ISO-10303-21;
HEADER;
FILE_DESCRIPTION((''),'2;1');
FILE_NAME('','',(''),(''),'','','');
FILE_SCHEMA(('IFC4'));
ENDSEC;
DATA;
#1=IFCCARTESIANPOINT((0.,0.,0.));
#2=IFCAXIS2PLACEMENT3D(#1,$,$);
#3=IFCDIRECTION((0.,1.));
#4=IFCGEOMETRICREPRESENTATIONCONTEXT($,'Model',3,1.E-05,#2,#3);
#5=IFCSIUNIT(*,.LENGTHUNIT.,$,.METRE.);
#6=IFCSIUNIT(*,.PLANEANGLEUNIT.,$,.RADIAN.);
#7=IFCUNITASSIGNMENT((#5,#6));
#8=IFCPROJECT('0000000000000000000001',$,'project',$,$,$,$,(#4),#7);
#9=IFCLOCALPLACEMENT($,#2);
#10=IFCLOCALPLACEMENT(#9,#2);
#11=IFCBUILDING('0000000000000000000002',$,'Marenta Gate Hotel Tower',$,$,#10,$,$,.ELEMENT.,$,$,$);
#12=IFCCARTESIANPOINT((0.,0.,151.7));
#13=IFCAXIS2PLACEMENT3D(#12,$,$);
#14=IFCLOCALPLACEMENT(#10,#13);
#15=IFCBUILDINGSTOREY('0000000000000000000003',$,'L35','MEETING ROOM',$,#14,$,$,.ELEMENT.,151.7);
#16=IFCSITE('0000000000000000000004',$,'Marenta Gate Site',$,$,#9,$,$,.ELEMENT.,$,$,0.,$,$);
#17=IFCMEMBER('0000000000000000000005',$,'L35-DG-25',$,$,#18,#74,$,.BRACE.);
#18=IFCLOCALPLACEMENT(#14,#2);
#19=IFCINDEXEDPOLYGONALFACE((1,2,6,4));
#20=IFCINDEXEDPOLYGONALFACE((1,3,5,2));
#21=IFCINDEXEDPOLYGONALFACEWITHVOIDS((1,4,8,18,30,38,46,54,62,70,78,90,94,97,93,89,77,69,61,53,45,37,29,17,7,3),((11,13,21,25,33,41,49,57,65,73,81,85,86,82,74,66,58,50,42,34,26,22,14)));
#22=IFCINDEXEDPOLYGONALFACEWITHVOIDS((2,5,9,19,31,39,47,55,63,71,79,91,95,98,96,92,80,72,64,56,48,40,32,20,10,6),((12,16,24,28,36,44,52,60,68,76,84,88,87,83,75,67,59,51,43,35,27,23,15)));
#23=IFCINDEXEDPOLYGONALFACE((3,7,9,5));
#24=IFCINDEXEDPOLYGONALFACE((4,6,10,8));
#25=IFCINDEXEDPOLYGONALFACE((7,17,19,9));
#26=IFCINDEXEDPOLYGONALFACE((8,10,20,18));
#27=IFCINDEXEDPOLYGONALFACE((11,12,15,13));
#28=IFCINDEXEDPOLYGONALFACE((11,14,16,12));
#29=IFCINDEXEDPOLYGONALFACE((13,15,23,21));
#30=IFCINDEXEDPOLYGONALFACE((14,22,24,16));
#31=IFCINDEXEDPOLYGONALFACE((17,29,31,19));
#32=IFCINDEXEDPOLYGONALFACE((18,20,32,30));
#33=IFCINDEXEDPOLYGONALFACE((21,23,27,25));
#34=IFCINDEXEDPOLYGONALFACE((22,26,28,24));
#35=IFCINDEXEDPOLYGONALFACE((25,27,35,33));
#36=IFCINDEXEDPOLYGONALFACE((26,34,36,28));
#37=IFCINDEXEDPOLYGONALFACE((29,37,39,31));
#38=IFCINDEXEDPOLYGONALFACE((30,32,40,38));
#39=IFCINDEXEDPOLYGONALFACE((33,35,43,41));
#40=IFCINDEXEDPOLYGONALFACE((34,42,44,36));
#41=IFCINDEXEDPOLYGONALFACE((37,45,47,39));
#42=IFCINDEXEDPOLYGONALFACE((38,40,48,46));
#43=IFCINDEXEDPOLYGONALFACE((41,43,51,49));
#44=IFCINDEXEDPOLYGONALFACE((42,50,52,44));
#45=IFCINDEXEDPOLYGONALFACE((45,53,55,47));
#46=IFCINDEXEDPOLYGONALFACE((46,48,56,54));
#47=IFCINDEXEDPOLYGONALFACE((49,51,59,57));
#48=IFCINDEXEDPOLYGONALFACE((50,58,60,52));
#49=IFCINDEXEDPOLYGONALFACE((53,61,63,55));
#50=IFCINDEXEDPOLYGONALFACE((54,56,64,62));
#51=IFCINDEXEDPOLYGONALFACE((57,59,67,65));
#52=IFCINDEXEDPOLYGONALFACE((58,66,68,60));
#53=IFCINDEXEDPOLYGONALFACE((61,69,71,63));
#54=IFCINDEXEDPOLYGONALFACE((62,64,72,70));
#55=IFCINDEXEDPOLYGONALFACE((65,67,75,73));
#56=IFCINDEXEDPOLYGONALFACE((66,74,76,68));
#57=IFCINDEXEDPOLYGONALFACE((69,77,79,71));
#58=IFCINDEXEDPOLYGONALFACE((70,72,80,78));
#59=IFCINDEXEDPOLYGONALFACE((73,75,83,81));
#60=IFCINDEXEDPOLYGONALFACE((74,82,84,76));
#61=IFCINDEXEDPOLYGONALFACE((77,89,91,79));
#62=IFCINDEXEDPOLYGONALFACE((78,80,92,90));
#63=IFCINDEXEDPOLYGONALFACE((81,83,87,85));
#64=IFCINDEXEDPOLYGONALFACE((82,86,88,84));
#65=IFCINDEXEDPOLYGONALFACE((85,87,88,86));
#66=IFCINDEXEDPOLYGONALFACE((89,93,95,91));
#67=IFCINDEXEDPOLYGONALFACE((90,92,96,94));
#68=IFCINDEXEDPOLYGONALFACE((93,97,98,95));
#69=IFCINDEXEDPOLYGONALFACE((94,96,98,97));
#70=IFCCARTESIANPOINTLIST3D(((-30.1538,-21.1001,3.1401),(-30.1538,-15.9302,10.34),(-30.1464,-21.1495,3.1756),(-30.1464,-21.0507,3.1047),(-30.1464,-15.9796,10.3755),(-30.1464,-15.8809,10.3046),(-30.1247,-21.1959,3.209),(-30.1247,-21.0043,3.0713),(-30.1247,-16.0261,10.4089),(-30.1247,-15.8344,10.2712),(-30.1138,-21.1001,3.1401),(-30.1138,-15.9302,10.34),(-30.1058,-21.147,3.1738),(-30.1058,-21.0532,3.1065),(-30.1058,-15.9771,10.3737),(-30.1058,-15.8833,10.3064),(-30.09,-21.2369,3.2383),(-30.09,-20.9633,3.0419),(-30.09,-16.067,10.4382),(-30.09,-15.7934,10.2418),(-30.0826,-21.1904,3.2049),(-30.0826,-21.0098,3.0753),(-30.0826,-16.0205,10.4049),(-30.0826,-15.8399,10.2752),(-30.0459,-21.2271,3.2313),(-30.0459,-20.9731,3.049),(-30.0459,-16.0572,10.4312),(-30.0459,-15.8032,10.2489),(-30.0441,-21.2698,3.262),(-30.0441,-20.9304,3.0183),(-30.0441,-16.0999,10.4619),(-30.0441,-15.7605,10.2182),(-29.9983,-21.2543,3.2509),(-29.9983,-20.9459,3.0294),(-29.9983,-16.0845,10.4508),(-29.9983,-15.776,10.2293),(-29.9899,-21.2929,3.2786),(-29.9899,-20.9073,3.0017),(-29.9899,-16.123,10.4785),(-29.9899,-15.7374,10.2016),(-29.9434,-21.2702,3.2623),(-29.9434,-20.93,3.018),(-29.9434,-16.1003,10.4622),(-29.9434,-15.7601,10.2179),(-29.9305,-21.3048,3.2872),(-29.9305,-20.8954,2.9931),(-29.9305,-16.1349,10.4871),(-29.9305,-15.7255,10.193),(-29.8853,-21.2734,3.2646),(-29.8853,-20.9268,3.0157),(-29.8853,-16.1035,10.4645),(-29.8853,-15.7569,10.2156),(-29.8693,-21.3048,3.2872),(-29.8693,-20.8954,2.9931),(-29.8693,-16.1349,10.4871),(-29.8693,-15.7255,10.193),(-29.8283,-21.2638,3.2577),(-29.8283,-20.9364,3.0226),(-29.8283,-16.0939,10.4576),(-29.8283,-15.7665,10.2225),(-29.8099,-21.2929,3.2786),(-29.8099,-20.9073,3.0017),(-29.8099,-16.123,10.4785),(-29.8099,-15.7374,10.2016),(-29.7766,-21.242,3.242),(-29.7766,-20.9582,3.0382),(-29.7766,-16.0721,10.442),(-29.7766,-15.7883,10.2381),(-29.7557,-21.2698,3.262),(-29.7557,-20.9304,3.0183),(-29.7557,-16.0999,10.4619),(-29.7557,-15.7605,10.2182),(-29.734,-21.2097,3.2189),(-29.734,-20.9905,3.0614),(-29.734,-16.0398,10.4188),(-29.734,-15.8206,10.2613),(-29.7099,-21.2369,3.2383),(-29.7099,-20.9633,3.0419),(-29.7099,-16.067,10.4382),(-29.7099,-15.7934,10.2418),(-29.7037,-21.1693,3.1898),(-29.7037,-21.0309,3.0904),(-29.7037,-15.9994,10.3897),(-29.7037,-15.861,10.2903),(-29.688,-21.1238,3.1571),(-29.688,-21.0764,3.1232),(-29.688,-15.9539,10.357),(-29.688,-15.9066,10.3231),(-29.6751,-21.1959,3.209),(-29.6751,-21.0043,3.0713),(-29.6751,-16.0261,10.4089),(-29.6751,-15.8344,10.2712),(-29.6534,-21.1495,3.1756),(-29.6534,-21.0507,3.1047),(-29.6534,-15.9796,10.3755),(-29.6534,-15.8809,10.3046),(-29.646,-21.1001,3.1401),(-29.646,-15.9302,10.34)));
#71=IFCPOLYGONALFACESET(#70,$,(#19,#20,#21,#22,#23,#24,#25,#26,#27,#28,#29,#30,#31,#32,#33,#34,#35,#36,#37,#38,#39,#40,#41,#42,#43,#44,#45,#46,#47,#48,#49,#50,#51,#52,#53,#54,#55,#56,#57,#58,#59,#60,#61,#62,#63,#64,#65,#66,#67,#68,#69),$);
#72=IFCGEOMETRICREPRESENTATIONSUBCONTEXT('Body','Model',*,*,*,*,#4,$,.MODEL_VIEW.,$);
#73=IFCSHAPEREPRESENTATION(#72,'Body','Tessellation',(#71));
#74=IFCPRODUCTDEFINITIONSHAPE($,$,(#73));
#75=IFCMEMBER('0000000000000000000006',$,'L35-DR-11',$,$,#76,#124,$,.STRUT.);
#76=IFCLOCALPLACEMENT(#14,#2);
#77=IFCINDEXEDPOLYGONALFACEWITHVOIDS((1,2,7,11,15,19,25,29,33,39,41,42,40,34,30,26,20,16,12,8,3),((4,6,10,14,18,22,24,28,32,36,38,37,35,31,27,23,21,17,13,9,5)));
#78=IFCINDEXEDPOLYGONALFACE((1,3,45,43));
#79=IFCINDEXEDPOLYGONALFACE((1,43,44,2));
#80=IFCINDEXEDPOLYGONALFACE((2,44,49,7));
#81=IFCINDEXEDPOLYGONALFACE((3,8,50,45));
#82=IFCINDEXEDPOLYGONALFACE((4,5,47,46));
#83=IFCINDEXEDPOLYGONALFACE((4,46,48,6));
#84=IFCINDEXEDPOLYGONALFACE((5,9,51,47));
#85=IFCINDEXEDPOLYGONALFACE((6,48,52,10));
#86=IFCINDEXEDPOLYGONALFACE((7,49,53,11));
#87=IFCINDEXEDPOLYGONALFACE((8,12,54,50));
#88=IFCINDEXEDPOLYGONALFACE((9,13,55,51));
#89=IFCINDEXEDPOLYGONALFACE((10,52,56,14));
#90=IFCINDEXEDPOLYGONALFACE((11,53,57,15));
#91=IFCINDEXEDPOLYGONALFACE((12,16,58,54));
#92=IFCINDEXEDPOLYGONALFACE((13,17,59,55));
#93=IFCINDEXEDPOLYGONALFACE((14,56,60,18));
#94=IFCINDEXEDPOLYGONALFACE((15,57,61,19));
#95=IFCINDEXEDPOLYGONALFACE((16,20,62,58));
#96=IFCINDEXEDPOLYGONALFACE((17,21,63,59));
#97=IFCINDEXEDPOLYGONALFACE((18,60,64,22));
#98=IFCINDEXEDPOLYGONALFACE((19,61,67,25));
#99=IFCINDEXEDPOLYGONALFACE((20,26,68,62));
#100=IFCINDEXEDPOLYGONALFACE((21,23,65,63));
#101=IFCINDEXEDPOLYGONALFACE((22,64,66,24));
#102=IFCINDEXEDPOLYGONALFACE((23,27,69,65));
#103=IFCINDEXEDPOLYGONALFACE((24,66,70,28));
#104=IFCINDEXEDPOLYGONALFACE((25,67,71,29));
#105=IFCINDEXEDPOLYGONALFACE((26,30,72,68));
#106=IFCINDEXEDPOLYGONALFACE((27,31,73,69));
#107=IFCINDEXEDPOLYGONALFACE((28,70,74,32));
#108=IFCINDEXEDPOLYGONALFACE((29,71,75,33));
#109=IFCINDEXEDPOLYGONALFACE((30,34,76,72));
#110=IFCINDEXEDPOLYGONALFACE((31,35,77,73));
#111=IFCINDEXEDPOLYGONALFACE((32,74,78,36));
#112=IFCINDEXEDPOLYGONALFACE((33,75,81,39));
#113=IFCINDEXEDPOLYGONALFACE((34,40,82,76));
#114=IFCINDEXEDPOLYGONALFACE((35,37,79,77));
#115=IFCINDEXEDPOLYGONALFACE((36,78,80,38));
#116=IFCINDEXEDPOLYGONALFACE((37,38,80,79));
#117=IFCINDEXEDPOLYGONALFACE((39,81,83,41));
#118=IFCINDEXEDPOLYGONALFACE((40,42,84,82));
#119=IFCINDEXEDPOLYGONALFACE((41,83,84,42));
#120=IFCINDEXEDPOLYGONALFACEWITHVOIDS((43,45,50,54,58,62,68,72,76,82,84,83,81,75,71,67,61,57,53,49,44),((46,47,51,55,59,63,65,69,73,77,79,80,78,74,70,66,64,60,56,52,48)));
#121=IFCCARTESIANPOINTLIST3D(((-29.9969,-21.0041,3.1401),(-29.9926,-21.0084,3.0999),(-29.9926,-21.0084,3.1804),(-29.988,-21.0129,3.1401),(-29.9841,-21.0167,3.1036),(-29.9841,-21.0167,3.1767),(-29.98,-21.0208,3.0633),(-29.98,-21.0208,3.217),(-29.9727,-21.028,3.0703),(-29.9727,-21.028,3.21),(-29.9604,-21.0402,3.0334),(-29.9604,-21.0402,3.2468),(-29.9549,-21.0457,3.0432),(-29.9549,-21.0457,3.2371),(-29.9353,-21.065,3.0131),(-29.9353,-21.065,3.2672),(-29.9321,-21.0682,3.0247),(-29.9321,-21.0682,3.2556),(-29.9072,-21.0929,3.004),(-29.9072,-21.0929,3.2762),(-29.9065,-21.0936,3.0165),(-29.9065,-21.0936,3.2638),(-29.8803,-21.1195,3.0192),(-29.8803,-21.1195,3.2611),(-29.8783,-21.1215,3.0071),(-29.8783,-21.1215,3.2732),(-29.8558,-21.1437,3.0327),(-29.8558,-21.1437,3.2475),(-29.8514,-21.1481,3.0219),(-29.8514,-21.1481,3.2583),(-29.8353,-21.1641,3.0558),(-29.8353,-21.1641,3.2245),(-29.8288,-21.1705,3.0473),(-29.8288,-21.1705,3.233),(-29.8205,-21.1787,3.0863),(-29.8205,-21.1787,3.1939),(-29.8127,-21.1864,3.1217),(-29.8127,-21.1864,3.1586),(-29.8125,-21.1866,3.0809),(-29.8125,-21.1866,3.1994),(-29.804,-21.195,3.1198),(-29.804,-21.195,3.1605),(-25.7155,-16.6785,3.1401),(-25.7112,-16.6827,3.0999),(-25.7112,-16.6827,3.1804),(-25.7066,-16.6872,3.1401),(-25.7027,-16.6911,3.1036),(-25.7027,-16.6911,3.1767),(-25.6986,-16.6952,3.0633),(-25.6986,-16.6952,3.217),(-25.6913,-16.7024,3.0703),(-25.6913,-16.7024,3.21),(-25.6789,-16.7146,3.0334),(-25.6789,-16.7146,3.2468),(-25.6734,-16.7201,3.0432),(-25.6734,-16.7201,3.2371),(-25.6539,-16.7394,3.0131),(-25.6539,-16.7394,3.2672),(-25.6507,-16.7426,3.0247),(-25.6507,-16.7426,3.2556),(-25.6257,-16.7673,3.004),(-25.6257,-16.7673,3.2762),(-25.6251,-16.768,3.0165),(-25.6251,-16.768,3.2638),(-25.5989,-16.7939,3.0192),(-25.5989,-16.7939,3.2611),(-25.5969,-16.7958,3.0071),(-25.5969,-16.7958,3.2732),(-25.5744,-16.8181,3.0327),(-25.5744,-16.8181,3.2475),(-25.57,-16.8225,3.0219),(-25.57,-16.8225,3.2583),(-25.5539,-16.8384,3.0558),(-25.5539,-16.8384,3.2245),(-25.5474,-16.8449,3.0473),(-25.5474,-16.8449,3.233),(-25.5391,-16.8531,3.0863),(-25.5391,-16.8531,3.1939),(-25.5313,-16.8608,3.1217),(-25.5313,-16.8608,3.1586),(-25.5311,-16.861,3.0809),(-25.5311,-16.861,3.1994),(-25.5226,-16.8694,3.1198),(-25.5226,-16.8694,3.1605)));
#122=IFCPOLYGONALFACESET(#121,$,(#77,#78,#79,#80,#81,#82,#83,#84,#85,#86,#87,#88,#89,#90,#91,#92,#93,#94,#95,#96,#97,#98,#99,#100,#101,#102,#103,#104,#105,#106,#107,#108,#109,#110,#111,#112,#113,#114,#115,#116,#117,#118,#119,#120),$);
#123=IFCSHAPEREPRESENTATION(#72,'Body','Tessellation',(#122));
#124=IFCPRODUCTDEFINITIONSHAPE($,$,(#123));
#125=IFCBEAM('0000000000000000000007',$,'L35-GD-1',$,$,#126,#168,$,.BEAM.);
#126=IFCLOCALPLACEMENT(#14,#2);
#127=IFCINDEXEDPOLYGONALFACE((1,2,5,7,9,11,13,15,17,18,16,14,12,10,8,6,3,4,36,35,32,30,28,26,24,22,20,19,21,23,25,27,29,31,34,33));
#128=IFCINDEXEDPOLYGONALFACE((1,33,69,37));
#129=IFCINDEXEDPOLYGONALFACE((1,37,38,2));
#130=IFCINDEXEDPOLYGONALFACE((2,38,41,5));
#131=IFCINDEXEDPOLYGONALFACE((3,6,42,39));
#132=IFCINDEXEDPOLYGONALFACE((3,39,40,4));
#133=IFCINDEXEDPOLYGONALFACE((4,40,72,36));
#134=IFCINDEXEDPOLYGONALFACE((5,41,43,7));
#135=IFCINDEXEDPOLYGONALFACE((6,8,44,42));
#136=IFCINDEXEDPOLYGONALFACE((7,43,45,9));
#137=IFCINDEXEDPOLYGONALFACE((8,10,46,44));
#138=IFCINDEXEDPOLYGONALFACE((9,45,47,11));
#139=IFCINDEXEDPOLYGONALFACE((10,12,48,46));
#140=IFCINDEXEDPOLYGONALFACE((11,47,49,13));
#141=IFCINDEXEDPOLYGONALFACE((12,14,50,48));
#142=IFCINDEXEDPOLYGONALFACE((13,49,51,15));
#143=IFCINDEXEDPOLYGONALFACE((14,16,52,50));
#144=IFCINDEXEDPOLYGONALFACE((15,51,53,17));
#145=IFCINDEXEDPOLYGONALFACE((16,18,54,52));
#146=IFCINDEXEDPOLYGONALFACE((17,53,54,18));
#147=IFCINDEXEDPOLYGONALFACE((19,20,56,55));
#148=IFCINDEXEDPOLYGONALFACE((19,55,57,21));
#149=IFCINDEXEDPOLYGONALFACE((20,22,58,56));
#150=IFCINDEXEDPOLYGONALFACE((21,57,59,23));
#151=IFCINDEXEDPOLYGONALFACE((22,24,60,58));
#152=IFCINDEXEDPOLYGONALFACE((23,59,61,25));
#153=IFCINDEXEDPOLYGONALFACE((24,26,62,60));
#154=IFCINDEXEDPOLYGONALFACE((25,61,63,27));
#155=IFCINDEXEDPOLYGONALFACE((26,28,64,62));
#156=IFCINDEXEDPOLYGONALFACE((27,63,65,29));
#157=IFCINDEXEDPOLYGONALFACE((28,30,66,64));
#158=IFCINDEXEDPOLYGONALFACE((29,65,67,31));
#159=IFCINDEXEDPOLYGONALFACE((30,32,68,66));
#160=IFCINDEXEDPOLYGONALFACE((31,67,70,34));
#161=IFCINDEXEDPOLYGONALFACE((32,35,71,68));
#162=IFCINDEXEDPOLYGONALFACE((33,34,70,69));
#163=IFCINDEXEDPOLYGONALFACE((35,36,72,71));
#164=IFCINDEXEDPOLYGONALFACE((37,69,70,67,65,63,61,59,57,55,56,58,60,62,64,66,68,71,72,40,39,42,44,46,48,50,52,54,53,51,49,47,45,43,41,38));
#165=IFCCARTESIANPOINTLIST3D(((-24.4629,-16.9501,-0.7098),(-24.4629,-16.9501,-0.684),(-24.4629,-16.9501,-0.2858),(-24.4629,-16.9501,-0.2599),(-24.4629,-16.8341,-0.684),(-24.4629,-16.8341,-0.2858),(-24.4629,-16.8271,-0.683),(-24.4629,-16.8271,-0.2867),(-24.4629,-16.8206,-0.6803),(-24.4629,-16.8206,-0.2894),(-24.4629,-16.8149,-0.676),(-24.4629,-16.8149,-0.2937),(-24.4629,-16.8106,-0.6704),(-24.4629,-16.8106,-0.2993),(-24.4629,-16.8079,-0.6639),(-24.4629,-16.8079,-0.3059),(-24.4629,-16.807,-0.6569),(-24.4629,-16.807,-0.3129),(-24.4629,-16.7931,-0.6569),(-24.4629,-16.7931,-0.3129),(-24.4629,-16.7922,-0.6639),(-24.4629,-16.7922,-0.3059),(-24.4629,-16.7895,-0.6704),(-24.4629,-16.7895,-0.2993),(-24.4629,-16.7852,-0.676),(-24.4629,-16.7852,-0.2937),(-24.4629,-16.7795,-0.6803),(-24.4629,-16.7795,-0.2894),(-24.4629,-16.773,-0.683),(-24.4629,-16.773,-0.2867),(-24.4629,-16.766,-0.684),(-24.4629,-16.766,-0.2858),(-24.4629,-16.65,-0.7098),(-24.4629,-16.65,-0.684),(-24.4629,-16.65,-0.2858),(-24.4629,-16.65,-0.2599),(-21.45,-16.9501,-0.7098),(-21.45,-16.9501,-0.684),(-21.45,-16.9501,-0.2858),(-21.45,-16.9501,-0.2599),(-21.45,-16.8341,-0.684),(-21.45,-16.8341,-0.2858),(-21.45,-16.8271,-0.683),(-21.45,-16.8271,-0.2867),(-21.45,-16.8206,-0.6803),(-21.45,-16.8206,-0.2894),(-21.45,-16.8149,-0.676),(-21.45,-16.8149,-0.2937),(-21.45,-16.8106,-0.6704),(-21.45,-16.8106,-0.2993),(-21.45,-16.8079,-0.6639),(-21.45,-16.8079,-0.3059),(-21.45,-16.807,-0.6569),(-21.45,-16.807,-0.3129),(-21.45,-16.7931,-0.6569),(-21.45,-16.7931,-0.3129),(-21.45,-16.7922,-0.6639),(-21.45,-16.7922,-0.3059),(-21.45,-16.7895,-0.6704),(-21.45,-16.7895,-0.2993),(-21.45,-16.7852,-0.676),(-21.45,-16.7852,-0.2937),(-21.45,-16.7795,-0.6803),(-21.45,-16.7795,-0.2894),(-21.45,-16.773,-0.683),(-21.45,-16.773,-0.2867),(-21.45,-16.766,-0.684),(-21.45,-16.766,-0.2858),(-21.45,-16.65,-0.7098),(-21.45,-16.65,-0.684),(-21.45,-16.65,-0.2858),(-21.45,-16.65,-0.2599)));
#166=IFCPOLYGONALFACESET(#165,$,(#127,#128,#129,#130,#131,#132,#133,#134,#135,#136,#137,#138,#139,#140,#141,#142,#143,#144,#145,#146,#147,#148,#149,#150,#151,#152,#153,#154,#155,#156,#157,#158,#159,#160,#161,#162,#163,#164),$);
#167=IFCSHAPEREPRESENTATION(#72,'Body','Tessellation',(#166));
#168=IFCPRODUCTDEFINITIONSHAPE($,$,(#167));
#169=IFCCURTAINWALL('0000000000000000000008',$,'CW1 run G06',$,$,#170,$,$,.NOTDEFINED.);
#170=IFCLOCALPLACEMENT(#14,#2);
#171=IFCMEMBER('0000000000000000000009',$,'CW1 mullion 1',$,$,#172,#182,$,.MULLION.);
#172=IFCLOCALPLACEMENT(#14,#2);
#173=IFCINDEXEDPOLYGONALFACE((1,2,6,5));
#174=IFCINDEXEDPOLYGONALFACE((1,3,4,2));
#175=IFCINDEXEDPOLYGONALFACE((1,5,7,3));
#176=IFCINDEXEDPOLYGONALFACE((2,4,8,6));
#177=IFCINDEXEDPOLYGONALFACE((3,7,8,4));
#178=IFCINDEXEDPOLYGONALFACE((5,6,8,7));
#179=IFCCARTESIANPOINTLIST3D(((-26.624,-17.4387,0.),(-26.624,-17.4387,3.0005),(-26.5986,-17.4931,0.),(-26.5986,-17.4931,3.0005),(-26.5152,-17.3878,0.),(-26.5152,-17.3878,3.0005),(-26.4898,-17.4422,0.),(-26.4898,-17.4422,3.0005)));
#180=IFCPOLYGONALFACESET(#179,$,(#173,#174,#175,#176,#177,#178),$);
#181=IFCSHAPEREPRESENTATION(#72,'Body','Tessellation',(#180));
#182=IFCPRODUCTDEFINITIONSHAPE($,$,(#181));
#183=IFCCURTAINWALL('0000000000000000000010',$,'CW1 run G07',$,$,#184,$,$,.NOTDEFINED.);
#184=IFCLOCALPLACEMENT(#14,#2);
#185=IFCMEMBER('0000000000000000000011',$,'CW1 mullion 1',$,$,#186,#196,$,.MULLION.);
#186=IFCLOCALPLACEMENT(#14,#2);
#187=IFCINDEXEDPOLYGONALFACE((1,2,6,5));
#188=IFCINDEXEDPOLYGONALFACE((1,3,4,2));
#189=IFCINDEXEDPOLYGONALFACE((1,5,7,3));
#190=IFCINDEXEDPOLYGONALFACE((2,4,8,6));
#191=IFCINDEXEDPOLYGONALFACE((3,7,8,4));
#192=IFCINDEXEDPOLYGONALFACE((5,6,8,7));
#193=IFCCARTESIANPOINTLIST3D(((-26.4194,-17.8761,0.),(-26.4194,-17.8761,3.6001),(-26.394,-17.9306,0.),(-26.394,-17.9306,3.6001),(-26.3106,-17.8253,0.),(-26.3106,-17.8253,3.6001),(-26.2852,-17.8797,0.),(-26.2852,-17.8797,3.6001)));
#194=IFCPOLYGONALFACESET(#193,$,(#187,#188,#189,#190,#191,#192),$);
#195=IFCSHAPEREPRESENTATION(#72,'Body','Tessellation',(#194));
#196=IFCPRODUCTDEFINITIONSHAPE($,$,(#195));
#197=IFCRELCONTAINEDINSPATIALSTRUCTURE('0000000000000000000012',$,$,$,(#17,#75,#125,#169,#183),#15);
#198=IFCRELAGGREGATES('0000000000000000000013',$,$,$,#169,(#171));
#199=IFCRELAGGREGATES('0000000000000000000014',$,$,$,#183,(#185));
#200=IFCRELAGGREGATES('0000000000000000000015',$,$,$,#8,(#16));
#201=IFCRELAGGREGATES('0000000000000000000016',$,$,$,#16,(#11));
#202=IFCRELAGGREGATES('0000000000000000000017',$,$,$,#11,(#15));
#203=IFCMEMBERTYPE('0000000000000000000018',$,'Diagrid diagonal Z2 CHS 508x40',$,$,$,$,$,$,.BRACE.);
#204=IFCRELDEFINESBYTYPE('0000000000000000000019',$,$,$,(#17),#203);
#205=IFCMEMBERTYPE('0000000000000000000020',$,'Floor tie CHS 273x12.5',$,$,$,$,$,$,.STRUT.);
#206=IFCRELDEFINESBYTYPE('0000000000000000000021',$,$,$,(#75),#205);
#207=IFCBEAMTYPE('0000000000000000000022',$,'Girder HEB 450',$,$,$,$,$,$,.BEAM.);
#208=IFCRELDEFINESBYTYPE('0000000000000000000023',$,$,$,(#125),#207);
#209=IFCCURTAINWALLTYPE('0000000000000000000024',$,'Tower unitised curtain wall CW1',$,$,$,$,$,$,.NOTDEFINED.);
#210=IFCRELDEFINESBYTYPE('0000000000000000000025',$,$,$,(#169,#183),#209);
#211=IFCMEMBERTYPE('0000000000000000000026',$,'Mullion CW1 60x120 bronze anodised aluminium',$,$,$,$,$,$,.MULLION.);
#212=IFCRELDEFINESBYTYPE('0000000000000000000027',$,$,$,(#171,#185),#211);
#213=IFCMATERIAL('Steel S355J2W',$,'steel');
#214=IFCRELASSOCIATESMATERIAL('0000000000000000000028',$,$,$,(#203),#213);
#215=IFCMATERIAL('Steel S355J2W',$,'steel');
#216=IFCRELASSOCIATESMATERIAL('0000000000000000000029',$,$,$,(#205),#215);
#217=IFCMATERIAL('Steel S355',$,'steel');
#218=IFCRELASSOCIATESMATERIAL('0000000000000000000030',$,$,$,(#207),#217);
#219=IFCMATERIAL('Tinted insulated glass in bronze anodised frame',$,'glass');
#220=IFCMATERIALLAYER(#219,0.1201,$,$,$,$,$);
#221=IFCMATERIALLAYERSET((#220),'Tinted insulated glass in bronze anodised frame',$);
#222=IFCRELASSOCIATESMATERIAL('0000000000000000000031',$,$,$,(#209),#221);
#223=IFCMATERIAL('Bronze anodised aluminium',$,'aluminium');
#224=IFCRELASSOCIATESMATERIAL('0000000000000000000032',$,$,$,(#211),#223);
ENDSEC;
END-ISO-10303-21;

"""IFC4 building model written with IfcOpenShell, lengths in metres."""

from ifc_helpers import new_model, si_unit, direction, frame, origin, origin_2d, place, context, subcontext, project, spatial, rectangle, hollow_circle, i_section, extrude, material, layer, layer_set, material_profile, profile_set, type_object, element, aggregate, save


model = new_model("IFC4")

# Units and contexts
model_context = context("Model", 3, precision=1e-05, world=origin(), true_north=direction((0.0, 1.0)))
body_context = subcontext(model_context, "Body", "Model", "MODEL_VIEW")
ifc_project = project(units=[si_unit("LENGTHUNIT", "METRE"), si_unit("PLANEANGLEUNIT", "RADIAN")], contexts=[model_context])

# Site, building, storey
site_placement = place(None, origin())
site = spatial("IfcSite", under=ifc_project, at=site_placement, Name="Marenta Gate Site", CompositionType="ELEMENT", RefElevation=0.0)
building_placement = place(site_placement, origin())
building = spatial("IfcBuilding", under=site, at=building_placement, Name="Marenta Gate Hotel Tower", CompositionType="ELEMENT")
storey_placement = place(building_placement, frame((0.0, 0.0, 151.7)))
storey = spatial("IfcBuildingStorey", under=building, at=storey_placement, Name="L35", Description="MEETING ROOM", CompositionType="ELEMENT", Elevation=151.7)

# Members
ifc_material_1 = material(Name="Steel S355J2W", Category="steel")
ifc_material_profile_1 = material_profile(ifc_material_1, hollow_circle(Radius=0.2539, WallThickness=0.04, at=origin_2d()), Name="CHS 508x40")
ifc_profile_set_1 = profile_set([ifc_material_profile_1], Name="Steel S355J2W")
member_type_1 = type_object("IfcMemberType", Name="Diagrid diagonal Z2 CHS 508x40", PredefinedType="BRACE", material=ifc_profile_set_1)
member_1_placement = place(storey_placement, frame((-29.8999, -21.1001, 3.1401), z_axis=(0.0, 0.583261, 0.812285), x_axis=(-1.0, 0.0, 0.0)))
element("IfcMember", 1, at=member_1_placement, inside=storey, type_object=member_type_1, Name="L35-DG-25", PredefinedType="BRACE", context=body_context, shape_type="SweptSolid", body=[
    extrude(hollow_circle(Radius=0.2539, WallThickness=0.04, at=origin_2d()), origin(), (0.0, 0.0, 1.0), 8.8638),
])
ifc_material_2 = material(Name="Steel S355J2W", Category="steel")
ifc_material_profile_2 = material_profile(ifc_material_2, hollow_circle(Radius=0.1365, WallThickness=0.0125, at=origin_2d()), Name="CHS 273x12.5")
ifc_profile_set_2 = profile_set([ifc_material_profile_2], Name="Steel S355J2W")
member_type_2 = type_object("IfcMemberType", Name="Floor tie CHS 273x12.5", PredefinedType="STRUT", material=ifc_profile_set_2)
member_2_placement = place(storey_placement, frame((-29.8999, -21.1001, 3.1401), z_axis=(0.703467, 0.710728, 0.0), x_axis=(-0.710728, 0.703467, 0.0)))
element("IfcMember", 2, at=member_2_placement, inside=storey, type_object=member_type_2, Name="L35-DR-11", PredefinedType="STRUT", context=body_context, shape_type="SweptSolid", body=[
    extrude(hollow_circle(Radius=0.1365, WallThickness=0.0125, at=origin_2d()), origin(), (0.0, 0.0, 1.0), 6.0862),
])

# Beam
ifc_material_3 = material(Name="Steel S355", Category="steel")
ifc_material_profile_3 = material_profile(ifc_material_3, i_section(OverallWidth=0.3, OverallDepth=0.45, WebThickness=0.0139, FlangeThickness=0.0259, FilletRadius=0.0271, at=origin_2d()), Name="HEB 450")
ifc_profile_set_3 = profile_set([ifc_material_profile_3], Name="Steel S355")
beam_type = type_object("IfcBeamType", Name="Girder HEB 450", PredefinedType="BEAM", material=ifc_profile_set_3)
beam_placement = place(storey_placement, frame((-24.4629, -16.8, -0.4849), z_axis=(1.0, 0.0, 0.0), x_axis=(0.0, 1.0, 0.0)))
element("IfcBeam", 3, at=beam_placement, inside=storey, type_object=beam_type, Name="L35-GD-1", PredefinedType="BEAM", context=body_context, shape_type="SweptSolid", body=[
    extrude(i_section(OverallWidth=0.3, OverallDepth=0.45, WebThickness=0.0139, FlangeThickness=0.0259, FilletRadius=0.0271, at=origin_2d()), origin(), (0.0, 0.0, 1.0), 3.0129),
])

# Curtain walls, members
ifc_material_4 = material(Name="Tinted insulated glass in bronze anodised frame", Category="glass")
ifc_layer_1 = layer(ifc_material_4, 0.1201)
ifc_layer_set_1 = layer_set([ifc_layer_1], Name="Tinted insulated glass in bronze anodised frame")
curtain_wall_type = type_object("IfcCurtainWallType", Name="Tower unitised curtain wall CW1", PredefinedType="NOTDEFINED", material=ifc_layer_set_1)
curtain_wall_1_placement = place(storey_placement, origin())
curtain_wall_1 = element("IfcCurtainWall", 4, at=curtain_wall_1_placement, inside=storey, type_object=curtain_wall_type, Name="CW1 run G06", PredefinedType="NOTDEFINED")
ifc_material_5 = material(Name="Bronze anodised aluminium", Category="aluminium")
ifc_material_profile_4 = material_profile(ifc_material_5, rectangle(XDim=0.1201, YDim=0.0601, at=origin_2d()), Name="Mullion CW1 60x120 bronze anodised aluminium")
ifc_profile_set_4 = profile_set([ifc_material_profile_4], Name="Bronze anodised aluminium")
member_type_3 = type_object("IfcMemberType", Name="Mullion CW1 60x120 bronze anodised aluminium", PredefinedType="MULLION", material=ifc_profile_set_4)
member_3_placement = place(storey_placement, frame((-26.5569, -17.4404, 0.0), z_axis=(0.0, 0.0, 1.0), x_axis=(0.905961, 0.423362, 0.0)))
member_3 = element("IfcMember", 5, at=member_3_placement, type_object=member_type_3, Name="CW1 mullion 1", PredefinedType="MULLION", context=body_context, shape_type="SweptSolid", body=[
    extrude(rectangle(XDim=0.1201, YDim=0.0601, at=origin_2d()), origin(), (0.0, 0.0, 1.0), 3.0005),
])
curtain_wall_2_placement = place(storey_placement, origin())
curtain_wall_2 = element("IfcCurtainWall", 6, at=curtain_wall_2_placement, inside=storey, type_object=curtain_wall_type, Name="CW1 run G07", PredefinedType="NOTDEFINED")
member_4_placement = place(storey_placement, frame((-26.3523, -17.8779, 0.0), z_axis=(0.0, 0.0, 1.0), x_axis=(0.906001, 0.423275, 0.0)))
member_4 = element("IfcMember", 7, at=member_4_placement, type_object=member_type_3, Name="CW1 mullion 1", PredefinedType="MULLION", context=body_context, shape_type="SweptSolid", body=[
    extrude(rectangle(XDim=0.1201, YDim=0.0601, at=origin_2d()), origin(), (0.0, 0.0, 1.0), 3.6001),
])

aggregate(curtain_wall_1, [member_3])
aggregate(curtain_wall_2, [member_4])

save(model, "model.ifc")
